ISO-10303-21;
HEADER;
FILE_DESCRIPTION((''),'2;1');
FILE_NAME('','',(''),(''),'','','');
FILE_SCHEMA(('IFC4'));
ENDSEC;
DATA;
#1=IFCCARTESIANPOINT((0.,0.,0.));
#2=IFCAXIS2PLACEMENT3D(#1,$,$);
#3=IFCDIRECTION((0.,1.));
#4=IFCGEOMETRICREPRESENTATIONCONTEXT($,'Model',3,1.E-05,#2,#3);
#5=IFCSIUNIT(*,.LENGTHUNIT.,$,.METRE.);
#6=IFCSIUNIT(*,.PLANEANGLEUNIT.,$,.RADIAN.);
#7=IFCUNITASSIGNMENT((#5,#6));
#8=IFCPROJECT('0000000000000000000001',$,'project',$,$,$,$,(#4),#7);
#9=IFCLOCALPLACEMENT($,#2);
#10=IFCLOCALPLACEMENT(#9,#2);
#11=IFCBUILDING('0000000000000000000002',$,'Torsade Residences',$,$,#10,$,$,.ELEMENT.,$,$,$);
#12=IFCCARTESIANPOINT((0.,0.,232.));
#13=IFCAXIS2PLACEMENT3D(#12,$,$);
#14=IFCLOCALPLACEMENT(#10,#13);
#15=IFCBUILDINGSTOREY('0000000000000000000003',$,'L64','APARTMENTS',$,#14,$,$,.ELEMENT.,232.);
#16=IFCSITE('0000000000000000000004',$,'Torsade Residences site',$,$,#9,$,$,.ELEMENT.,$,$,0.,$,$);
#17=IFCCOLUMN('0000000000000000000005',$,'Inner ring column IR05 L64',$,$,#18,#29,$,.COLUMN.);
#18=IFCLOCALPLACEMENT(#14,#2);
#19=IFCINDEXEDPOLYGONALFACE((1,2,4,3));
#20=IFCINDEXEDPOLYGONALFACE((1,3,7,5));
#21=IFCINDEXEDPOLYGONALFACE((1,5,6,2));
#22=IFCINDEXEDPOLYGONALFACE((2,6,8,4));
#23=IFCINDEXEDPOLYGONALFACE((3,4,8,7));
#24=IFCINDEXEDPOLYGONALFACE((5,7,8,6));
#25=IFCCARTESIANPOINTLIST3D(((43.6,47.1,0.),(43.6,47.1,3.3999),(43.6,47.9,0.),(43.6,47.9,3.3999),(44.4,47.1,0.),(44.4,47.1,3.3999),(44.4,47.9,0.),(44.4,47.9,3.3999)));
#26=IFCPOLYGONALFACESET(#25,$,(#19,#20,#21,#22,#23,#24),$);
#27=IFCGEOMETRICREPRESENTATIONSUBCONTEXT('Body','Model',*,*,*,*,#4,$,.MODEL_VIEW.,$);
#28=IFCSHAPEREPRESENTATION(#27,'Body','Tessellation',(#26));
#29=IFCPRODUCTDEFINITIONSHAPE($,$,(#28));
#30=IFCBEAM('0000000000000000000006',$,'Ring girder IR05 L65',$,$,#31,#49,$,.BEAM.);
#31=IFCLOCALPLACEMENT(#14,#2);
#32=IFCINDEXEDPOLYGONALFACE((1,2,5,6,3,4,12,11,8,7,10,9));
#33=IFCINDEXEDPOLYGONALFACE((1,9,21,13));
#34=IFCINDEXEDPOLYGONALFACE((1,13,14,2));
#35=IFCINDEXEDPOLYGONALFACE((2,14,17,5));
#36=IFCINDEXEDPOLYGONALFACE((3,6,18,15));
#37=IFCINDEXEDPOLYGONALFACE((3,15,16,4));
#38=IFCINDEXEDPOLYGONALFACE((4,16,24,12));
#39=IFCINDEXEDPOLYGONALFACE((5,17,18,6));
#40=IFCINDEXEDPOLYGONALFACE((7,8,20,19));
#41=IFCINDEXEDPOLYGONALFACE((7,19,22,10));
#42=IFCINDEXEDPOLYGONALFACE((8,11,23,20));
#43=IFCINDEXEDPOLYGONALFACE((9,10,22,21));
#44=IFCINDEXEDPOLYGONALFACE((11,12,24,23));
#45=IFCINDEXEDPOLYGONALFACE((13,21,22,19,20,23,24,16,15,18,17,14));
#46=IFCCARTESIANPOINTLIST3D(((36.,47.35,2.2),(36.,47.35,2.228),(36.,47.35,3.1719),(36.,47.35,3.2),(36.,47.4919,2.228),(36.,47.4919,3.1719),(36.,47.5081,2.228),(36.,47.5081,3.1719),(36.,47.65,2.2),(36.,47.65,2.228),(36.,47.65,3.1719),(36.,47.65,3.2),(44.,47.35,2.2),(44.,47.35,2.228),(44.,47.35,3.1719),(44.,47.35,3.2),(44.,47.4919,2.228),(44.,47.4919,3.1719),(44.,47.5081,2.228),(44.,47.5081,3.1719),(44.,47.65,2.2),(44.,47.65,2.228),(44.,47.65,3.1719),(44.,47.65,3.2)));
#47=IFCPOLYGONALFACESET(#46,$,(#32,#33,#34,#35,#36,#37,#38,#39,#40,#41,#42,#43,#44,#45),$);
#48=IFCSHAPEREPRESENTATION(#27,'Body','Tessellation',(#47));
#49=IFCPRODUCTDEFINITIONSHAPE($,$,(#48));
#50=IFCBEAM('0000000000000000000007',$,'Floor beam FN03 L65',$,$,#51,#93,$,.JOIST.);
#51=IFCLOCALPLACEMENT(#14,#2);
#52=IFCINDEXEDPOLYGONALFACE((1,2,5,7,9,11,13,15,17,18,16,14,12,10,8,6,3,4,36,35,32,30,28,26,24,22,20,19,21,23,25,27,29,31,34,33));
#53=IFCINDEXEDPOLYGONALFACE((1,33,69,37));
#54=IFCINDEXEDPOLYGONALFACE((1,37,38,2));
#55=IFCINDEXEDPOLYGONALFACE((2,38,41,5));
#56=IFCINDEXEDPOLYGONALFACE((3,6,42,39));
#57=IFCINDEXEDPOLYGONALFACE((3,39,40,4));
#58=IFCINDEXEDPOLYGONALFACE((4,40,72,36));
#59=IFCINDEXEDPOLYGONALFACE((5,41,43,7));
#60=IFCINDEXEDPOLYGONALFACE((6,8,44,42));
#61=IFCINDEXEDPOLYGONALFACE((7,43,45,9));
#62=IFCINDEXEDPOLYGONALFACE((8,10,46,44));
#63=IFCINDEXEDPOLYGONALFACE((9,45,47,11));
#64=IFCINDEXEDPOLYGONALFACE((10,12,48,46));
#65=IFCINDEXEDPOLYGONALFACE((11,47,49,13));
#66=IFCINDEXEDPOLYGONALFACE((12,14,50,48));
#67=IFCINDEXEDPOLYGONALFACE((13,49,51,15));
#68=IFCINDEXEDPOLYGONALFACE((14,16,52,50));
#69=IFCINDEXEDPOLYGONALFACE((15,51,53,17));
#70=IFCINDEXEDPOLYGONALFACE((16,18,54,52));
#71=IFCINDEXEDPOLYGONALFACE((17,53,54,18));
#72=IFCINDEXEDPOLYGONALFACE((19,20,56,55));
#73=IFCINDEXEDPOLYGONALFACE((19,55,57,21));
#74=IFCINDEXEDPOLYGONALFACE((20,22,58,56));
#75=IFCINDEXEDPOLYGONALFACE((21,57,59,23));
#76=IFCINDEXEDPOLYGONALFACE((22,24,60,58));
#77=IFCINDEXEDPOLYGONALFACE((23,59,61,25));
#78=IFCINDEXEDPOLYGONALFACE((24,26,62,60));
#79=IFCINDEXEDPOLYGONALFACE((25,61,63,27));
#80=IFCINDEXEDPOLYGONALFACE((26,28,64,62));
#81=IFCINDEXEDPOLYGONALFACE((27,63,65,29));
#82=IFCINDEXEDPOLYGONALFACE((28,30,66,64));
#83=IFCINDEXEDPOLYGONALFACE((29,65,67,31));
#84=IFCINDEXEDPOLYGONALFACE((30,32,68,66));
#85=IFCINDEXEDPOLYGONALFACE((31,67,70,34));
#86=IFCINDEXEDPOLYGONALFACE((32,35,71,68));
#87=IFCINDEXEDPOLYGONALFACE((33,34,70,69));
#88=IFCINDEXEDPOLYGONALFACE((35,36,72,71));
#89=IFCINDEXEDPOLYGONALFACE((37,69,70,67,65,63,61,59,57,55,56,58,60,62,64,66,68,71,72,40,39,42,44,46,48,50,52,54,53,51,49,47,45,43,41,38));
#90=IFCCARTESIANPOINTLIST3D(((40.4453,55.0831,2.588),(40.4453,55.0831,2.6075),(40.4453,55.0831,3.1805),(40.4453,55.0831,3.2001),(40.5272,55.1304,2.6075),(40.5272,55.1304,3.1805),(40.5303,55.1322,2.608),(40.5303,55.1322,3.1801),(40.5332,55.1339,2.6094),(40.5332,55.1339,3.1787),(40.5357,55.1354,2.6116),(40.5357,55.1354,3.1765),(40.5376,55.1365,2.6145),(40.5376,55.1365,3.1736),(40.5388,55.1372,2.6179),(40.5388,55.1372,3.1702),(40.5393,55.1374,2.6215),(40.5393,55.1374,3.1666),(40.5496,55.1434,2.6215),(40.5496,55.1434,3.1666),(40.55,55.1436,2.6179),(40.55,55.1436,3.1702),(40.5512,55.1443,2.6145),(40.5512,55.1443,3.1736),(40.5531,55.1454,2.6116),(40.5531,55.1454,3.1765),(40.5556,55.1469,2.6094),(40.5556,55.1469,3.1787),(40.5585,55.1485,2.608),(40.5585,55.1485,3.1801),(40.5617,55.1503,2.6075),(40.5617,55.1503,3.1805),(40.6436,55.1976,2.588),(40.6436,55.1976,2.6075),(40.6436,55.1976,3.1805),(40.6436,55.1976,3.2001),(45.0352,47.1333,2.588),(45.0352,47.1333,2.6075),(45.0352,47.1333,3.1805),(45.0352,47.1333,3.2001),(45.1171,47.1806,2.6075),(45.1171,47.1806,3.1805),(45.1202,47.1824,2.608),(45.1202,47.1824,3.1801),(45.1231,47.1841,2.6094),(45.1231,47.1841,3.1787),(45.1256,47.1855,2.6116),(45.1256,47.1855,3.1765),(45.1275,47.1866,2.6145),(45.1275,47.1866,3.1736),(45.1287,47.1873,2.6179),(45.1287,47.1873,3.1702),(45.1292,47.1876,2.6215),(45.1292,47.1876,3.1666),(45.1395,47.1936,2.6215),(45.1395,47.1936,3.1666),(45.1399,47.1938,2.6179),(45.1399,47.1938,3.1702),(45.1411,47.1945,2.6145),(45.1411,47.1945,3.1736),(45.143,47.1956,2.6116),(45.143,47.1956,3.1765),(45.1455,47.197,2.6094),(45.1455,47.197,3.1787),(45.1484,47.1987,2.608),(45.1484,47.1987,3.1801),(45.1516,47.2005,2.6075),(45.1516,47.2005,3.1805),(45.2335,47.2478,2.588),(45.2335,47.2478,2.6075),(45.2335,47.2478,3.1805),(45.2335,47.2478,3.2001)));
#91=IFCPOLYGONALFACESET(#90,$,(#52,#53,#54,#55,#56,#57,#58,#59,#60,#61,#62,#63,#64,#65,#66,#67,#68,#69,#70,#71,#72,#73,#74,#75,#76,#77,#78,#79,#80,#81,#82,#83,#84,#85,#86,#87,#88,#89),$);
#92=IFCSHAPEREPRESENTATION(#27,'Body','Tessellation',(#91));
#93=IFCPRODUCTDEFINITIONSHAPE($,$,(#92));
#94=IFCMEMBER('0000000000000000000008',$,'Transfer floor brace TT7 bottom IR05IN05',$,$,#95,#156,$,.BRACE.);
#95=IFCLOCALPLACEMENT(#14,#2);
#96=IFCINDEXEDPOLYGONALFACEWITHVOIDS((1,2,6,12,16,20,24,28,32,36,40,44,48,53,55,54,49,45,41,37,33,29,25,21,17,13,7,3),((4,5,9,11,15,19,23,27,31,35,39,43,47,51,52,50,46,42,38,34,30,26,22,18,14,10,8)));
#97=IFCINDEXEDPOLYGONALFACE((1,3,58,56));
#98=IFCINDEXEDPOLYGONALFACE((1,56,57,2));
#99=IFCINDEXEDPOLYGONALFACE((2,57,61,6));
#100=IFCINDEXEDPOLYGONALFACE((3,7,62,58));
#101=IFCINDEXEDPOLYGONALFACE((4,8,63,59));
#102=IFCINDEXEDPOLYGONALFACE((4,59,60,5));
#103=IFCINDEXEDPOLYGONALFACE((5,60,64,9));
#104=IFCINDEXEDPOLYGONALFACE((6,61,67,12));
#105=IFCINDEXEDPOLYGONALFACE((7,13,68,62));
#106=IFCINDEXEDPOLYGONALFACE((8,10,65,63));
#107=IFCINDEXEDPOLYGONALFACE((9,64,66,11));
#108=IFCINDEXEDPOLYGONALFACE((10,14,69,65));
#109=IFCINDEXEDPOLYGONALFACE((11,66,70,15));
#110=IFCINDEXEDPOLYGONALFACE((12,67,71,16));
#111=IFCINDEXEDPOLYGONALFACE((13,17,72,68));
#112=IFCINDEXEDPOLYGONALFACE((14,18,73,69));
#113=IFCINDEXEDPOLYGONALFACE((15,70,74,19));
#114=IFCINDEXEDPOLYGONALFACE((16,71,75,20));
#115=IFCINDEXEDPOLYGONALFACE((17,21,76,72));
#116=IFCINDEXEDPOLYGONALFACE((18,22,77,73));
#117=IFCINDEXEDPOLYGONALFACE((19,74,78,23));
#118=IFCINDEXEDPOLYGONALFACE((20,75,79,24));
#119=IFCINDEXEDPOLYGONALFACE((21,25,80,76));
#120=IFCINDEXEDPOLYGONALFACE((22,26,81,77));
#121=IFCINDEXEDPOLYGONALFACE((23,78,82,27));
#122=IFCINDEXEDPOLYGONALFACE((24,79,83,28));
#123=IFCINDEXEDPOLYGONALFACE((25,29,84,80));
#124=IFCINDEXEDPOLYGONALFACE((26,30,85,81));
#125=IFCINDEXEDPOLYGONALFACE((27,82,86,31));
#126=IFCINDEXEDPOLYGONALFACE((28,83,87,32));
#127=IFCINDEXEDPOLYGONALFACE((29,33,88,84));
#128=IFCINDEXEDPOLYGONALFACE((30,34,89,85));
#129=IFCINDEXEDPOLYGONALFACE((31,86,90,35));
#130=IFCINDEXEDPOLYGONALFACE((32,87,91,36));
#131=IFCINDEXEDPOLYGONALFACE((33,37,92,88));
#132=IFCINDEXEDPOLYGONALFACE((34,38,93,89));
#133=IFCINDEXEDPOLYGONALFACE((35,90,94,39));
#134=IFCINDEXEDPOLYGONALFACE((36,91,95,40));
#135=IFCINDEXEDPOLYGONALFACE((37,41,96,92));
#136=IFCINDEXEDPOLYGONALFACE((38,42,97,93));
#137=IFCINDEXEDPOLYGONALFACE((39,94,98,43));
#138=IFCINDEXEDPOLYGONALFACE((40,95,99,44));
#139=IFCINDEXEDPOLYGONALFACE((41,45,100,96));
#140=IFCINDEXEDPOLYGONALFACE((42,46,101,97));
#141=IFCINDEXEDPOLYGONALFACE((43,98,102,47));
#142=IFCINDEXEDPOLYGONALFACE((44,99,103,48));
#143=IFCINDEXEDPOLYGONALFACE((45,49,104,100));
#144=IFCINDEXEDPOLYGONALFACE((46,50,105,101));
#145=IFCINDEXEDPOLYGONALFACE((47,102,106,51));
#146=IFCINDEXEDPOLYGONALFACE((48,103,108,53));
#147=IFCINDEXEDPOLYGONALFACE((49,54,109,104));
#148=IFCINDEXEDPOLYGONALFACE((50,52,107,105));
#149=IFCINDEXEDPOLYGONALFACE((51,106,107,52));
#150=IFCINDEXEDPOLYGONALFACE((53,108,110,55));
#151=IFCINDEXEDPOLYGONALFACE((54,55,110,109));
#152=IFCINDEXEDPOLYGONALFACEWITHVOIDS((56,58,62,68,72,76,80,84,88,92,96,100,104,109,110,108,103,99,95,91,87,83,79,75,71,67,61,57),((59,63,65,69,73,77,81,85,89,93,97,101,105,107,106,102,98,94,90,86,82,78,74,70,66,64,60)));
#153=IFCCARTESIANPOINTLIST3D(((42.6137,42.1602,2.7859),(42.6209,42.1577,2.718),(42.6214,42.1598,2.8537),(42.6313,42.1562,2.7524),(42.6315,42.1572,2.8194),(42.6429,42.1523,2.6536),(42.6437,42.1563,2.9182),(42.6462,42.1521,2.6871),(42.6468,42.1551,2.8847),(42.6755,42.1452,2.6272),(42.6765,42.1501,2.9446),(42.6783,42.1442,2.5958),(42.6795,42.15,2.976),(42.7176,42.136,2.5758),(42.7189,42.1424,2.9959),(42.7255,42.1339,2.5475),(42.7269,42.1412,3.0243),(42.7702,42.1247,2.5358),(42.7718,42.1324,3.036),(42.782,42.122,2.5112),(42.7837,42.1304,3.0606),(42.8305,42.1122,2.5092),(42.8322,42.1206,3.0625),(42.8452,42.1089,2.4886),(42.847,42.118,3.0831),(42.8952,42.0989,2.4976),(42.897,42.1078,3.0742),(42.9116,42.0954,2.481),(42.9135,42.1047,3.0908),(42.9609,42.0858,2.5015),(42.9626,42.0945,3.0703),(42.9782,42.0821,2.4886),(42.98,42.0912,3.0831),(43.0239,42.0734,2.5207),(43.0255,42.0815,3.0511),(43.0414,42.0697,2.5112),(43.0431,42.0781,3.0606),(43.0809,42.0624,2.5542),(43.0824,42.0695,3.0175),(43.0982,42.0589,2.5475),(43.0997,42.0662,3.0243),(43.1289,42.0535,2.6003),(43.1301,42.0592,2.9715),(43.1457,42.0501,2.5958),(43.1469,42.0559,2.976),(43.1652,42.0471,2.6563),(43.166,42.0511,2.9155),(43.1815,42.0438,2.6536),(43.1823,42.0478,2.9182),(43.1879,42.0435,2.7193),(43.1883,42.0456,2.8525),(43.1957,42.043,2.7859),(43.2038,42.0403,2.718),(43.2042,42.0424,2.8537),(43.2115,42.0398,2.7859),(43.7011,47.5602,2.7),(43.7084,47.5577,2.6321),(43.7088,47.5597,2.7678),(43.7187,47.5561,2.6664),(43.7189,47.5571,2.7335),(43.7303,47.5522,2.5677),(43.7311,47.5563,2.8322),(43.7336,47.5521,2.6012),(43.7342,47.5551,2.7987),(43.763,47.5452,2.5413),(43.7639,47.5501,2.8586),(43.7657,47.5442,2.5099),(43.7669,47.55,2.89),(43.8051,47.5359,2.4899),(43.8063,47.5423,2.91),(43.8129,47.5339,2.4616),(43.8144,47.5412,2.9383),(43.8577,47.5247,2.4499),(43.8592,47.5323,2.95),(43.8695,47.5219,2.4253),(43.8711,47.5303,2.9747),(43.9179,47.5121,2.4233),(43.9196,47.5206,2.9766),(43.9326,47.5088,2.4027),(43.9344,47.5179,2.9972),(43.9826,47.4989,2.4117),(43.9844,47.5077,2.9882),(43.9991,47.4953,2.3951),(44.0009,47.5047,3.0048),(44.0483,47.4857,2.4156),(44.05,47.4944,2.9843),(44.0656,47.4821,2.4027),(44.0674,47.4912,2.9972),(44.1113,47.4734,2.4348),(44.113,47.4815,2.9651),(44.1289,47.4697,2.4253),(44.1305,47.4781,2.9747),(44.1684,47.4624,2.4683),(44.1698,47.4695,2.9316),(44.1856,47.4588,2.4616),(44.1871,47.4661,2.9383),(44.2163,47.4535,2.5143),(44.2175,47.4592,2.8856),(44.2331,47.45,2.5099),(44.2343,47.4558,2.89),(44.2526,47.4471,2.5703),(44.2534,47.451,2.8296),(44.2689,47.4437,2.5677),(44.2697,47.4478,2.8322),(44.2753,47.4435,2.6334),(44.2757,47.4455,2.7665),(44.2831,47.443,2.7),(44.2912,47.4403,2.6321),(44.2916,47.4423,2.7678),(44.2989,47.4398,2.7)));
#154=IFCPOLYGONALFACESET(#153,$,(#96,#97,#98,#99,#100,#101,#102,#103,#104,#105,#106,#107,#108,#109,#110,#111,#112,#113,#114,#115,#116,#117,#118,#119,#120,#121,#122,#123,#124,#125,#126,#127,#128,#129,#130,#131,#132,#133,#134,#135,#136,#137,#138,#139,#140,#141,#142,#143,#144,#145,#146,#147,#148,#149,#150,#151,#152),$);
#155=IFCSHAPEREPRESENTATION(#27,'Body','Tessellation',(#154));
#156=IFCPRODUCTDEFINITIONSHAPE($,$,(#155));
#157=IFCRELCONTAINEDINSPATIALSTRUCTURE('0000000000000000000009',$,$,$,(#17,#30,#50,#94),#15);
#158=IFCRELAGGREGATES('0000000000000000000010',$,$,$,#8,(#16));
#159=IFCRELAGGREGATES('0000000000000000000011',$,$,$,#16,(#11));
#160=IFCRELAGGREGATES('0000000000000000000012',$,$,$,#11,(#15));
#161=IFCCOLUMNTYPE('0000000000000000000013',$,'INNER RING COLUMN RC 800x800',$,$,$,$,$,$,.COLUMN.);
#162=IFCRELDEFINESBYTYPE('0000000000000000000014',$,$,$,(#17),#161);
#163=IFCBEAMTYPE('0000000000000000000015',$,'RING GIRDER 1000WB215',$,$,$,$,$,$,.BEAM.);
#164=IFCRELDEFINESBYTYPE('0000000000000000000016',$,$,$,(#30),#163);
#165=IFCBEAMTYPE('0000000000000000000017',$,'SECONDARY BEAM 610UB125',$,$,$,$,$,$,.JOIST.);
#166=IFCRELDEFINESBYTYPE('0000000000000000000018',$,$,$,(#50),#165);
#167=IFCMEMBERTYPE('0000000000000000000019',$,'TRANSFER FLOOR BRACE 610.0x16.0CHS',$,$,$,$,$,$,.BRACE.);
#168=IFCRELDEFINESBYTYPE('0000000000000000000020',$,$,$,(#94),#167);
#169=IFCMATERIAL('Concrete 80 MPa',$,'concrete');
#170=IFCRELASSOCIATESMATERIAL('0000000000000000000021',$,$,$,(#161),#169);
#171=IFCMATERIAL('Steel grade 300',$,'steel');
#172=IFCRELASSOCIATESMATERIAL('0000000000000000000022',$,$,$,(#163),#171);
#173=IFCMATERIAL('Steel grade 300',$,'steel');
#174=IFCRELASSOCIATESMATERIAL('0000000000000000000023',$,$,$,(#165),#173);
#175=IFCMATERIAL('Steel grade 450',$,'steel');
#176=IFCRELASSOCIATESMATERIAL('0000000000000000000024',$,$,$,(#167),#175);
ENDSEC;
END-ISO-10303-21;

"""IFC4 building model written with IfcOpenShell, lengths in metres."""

from ifc_helpers import new_model, si_unit, direction, frame, origin, origin_2d, place, context, subcontext, project, spatial, rectangle, hollow_circle, i_section, extrude, material, material_profile, profile_set, type_object, element, save


model = new_model("IFC4")

# Units and contexts
model_context = context("Model", 3, precision=1e-05, world=origin(), true_north=direction((0.0, 1.0)))
body_context = subcontext(model_context, "Body", "Model", "MODEL_VIEW")
ifc_project = project(units=[si_unit("LENGTHUNIT", "METRE"), si_unit("PLANEANGLEUNIT", "RADIAN")], contexts=[model_context])

# Site, building, storey
site_placement = place(None, origin())
site = spatial("IfcSite", under=ifc_project, at=site_placement, Name="Torsade Residences site", CompositionType="ELEMENT", RefElevation=0.0)
building_placement = place(site_placement, origin())
building = spatial("IfcBuilding", under=site, at=building_placement, Name="Torsade Residences", CompositionType="ELEMENT")
storey_placement = place(building_placement, frame((0.0, 0.0, 232.0)))
storey = spatial("IfcBuildingStorey", under=building, at=storey_placement, Name="L64", Description="APARTMENTS", CompositionType="ELEMENT", Elevation=232.0)

# Column
ifc_material_1 = material(Name="Concrete 80 MPa", Category="concrete")
ifc_material_profile_1 = material_profile(ifc_material_1, rectangle(XDim=0.8, YDim=0.8, at=origin_2d()), Name="RC 800x800")
ifc_profile_set_1 = profile_set([ifc_material_profile_1], Name="Concrete 80 MPa")
column_type = type_object("IfcColumnType", Name="INNER RING COLUMN RC 800x800", PredefinedType="COLUMN", material=ifc_profile_set_1)
column_placement = place(storey_placement, frame((44.0, 47.5, 0.0), z_axis=(0.0, 0.0, 1.0), x_axis=(1.0, 0.0, 0.0)))
element("IfcColumn", 1, at=column_placement, inside=storey, type_object=column_type, Name="Inner ring column IR05 L64", PredefinedType="COLUMN", context=body_context, shape_type="SweptSolid", body=[
    extrude(rectangle(XDim=0.8, YDim=0.8, at=origin_2d()), origin(), (0.0, 0.0, 1.0), 3.3999),
])

# Beams
ifc_material_2 = material(Name="Steel grade 300", Category="steel")
ifc_material_profile_2 = material_profile(ifc_material_2, i_section(OverallWidth=0.3, OverallDepth=1.0, WebThickness=0.0161, FlangeThickness=0.0281, at=origin_2d()), Name="1000WB215")
ifc_profile_set_2 = profile_set([ifc_material_profile_2], Name="Steel grade 300")
beam_type_1 = type_object("IfcBeamType", Name="RING GIRDER 1000WB215", PredefinedType="BEAM", material=ifc_profile_set_2)
beam_1_placement = place(storey_placement, frame((44.0, 47.5, 2.7), z_axis=(-1.0, 0.0, 0.0), x_axis=(0.0, -1.0, 0.0)))
element("IfcBeam", 2, at=beam_1_placement, inside=storey, type_object=beam_type_1, Name="Ring girder IR05 L65", PredefinedType="BEAM", context=body_context, shape_type="SweptSolid", body=[
    extrude(i_section(OverallWidth=0.3, OverallDepth=1.0, WebThickness=0.0161, FlangeThickness=0.0281, at=origin_2d()), origin(), (0.0, 0.0, 1.0), 8.0),
])
ifc_material_3 = material(Name="Steel grade 300", Category="steel")
ifc_material_profile_3 = material_profile(ifc_material_3, i_section(OverallWidth=0.229, OverallDepth=0.6121, WebThickness=0.012, FlangeThickness=0.0195, FilletRadius=0.0139, at=origin_2d()), Name="610UB125")
ifc_profile_set_3 = profile_set([ifc_material_profile_3], Name="Steel grade 300")
beam_type_2 = type_object("IfcBeamType", Name="SECONDARY BEAM 610UB125", PredefinedType="JOIST", material=ifc_profile_set_3)
beam_2_placement = place(storey_placement, frame((40.5444, 55.1404, 2.894), z_axis=(0.500006, -0.866022, 0.0), x_axis=(0.866022, 0.500006, 0.0)))
element("IfcBeam", 3, at=beam_2_placement, inside=storey, type_object=beam_type_2, Name="Floor beam FN03 L65", PredefinedType="JOIST", context=body_context, shape_type="SweptSolid", body=[
    extrude(i_section(OverallWidth=0.229, OverallDepth=0.6121, WebThickness=0.012, FlangeThickness=0.0195, FilletRadius=0.0139, at=origin_2d()), origin(), (0.0, 0.0, 1.0), 9.1797),
])

# Member
ifc_material_4 = material(Name="Steel grade 450", Category="steel")
ifc_material_profile_4 = material_profile(ifc_material_4, hollow_circle(Radius=0.3049, WallThickness=0.0161, at=origin_2d()), Name="610.0x16.0CHS")
ifc_profile_set_4 = profile_set([ifc_material_profile_4], Name="Steel grade 450")
member_type = type_object("IfcMemberType", Name="TRANSFER FLOOR BRACE 610.0x16.0CHS", PredefinedType="BRACE", material=ifc_profile_set_4)
member_1_placement = place(storey_placement, frame((44.0, 47.5, 2.7), z_axis=(-0.197388, -0.980201, 0.0156), x_axis=(0.980321, -0.197412, 0.0)))
element("IfcMember", 4, at=member_1_placement, inside=storey, type_object=member_type, Name="Transfer floor brace TT7 bottom IR05IN05", PredefinedType="BRACE", context=body_context, shape_type="SweptSolid", body=[
    extrude(hollow_circle(Radius=0.3049, WallThickness=0.0161, at=origin_2d()), origin(), (0.0, 0.0, 1.0), 5.509),
])

save(model, "model.ifc")
